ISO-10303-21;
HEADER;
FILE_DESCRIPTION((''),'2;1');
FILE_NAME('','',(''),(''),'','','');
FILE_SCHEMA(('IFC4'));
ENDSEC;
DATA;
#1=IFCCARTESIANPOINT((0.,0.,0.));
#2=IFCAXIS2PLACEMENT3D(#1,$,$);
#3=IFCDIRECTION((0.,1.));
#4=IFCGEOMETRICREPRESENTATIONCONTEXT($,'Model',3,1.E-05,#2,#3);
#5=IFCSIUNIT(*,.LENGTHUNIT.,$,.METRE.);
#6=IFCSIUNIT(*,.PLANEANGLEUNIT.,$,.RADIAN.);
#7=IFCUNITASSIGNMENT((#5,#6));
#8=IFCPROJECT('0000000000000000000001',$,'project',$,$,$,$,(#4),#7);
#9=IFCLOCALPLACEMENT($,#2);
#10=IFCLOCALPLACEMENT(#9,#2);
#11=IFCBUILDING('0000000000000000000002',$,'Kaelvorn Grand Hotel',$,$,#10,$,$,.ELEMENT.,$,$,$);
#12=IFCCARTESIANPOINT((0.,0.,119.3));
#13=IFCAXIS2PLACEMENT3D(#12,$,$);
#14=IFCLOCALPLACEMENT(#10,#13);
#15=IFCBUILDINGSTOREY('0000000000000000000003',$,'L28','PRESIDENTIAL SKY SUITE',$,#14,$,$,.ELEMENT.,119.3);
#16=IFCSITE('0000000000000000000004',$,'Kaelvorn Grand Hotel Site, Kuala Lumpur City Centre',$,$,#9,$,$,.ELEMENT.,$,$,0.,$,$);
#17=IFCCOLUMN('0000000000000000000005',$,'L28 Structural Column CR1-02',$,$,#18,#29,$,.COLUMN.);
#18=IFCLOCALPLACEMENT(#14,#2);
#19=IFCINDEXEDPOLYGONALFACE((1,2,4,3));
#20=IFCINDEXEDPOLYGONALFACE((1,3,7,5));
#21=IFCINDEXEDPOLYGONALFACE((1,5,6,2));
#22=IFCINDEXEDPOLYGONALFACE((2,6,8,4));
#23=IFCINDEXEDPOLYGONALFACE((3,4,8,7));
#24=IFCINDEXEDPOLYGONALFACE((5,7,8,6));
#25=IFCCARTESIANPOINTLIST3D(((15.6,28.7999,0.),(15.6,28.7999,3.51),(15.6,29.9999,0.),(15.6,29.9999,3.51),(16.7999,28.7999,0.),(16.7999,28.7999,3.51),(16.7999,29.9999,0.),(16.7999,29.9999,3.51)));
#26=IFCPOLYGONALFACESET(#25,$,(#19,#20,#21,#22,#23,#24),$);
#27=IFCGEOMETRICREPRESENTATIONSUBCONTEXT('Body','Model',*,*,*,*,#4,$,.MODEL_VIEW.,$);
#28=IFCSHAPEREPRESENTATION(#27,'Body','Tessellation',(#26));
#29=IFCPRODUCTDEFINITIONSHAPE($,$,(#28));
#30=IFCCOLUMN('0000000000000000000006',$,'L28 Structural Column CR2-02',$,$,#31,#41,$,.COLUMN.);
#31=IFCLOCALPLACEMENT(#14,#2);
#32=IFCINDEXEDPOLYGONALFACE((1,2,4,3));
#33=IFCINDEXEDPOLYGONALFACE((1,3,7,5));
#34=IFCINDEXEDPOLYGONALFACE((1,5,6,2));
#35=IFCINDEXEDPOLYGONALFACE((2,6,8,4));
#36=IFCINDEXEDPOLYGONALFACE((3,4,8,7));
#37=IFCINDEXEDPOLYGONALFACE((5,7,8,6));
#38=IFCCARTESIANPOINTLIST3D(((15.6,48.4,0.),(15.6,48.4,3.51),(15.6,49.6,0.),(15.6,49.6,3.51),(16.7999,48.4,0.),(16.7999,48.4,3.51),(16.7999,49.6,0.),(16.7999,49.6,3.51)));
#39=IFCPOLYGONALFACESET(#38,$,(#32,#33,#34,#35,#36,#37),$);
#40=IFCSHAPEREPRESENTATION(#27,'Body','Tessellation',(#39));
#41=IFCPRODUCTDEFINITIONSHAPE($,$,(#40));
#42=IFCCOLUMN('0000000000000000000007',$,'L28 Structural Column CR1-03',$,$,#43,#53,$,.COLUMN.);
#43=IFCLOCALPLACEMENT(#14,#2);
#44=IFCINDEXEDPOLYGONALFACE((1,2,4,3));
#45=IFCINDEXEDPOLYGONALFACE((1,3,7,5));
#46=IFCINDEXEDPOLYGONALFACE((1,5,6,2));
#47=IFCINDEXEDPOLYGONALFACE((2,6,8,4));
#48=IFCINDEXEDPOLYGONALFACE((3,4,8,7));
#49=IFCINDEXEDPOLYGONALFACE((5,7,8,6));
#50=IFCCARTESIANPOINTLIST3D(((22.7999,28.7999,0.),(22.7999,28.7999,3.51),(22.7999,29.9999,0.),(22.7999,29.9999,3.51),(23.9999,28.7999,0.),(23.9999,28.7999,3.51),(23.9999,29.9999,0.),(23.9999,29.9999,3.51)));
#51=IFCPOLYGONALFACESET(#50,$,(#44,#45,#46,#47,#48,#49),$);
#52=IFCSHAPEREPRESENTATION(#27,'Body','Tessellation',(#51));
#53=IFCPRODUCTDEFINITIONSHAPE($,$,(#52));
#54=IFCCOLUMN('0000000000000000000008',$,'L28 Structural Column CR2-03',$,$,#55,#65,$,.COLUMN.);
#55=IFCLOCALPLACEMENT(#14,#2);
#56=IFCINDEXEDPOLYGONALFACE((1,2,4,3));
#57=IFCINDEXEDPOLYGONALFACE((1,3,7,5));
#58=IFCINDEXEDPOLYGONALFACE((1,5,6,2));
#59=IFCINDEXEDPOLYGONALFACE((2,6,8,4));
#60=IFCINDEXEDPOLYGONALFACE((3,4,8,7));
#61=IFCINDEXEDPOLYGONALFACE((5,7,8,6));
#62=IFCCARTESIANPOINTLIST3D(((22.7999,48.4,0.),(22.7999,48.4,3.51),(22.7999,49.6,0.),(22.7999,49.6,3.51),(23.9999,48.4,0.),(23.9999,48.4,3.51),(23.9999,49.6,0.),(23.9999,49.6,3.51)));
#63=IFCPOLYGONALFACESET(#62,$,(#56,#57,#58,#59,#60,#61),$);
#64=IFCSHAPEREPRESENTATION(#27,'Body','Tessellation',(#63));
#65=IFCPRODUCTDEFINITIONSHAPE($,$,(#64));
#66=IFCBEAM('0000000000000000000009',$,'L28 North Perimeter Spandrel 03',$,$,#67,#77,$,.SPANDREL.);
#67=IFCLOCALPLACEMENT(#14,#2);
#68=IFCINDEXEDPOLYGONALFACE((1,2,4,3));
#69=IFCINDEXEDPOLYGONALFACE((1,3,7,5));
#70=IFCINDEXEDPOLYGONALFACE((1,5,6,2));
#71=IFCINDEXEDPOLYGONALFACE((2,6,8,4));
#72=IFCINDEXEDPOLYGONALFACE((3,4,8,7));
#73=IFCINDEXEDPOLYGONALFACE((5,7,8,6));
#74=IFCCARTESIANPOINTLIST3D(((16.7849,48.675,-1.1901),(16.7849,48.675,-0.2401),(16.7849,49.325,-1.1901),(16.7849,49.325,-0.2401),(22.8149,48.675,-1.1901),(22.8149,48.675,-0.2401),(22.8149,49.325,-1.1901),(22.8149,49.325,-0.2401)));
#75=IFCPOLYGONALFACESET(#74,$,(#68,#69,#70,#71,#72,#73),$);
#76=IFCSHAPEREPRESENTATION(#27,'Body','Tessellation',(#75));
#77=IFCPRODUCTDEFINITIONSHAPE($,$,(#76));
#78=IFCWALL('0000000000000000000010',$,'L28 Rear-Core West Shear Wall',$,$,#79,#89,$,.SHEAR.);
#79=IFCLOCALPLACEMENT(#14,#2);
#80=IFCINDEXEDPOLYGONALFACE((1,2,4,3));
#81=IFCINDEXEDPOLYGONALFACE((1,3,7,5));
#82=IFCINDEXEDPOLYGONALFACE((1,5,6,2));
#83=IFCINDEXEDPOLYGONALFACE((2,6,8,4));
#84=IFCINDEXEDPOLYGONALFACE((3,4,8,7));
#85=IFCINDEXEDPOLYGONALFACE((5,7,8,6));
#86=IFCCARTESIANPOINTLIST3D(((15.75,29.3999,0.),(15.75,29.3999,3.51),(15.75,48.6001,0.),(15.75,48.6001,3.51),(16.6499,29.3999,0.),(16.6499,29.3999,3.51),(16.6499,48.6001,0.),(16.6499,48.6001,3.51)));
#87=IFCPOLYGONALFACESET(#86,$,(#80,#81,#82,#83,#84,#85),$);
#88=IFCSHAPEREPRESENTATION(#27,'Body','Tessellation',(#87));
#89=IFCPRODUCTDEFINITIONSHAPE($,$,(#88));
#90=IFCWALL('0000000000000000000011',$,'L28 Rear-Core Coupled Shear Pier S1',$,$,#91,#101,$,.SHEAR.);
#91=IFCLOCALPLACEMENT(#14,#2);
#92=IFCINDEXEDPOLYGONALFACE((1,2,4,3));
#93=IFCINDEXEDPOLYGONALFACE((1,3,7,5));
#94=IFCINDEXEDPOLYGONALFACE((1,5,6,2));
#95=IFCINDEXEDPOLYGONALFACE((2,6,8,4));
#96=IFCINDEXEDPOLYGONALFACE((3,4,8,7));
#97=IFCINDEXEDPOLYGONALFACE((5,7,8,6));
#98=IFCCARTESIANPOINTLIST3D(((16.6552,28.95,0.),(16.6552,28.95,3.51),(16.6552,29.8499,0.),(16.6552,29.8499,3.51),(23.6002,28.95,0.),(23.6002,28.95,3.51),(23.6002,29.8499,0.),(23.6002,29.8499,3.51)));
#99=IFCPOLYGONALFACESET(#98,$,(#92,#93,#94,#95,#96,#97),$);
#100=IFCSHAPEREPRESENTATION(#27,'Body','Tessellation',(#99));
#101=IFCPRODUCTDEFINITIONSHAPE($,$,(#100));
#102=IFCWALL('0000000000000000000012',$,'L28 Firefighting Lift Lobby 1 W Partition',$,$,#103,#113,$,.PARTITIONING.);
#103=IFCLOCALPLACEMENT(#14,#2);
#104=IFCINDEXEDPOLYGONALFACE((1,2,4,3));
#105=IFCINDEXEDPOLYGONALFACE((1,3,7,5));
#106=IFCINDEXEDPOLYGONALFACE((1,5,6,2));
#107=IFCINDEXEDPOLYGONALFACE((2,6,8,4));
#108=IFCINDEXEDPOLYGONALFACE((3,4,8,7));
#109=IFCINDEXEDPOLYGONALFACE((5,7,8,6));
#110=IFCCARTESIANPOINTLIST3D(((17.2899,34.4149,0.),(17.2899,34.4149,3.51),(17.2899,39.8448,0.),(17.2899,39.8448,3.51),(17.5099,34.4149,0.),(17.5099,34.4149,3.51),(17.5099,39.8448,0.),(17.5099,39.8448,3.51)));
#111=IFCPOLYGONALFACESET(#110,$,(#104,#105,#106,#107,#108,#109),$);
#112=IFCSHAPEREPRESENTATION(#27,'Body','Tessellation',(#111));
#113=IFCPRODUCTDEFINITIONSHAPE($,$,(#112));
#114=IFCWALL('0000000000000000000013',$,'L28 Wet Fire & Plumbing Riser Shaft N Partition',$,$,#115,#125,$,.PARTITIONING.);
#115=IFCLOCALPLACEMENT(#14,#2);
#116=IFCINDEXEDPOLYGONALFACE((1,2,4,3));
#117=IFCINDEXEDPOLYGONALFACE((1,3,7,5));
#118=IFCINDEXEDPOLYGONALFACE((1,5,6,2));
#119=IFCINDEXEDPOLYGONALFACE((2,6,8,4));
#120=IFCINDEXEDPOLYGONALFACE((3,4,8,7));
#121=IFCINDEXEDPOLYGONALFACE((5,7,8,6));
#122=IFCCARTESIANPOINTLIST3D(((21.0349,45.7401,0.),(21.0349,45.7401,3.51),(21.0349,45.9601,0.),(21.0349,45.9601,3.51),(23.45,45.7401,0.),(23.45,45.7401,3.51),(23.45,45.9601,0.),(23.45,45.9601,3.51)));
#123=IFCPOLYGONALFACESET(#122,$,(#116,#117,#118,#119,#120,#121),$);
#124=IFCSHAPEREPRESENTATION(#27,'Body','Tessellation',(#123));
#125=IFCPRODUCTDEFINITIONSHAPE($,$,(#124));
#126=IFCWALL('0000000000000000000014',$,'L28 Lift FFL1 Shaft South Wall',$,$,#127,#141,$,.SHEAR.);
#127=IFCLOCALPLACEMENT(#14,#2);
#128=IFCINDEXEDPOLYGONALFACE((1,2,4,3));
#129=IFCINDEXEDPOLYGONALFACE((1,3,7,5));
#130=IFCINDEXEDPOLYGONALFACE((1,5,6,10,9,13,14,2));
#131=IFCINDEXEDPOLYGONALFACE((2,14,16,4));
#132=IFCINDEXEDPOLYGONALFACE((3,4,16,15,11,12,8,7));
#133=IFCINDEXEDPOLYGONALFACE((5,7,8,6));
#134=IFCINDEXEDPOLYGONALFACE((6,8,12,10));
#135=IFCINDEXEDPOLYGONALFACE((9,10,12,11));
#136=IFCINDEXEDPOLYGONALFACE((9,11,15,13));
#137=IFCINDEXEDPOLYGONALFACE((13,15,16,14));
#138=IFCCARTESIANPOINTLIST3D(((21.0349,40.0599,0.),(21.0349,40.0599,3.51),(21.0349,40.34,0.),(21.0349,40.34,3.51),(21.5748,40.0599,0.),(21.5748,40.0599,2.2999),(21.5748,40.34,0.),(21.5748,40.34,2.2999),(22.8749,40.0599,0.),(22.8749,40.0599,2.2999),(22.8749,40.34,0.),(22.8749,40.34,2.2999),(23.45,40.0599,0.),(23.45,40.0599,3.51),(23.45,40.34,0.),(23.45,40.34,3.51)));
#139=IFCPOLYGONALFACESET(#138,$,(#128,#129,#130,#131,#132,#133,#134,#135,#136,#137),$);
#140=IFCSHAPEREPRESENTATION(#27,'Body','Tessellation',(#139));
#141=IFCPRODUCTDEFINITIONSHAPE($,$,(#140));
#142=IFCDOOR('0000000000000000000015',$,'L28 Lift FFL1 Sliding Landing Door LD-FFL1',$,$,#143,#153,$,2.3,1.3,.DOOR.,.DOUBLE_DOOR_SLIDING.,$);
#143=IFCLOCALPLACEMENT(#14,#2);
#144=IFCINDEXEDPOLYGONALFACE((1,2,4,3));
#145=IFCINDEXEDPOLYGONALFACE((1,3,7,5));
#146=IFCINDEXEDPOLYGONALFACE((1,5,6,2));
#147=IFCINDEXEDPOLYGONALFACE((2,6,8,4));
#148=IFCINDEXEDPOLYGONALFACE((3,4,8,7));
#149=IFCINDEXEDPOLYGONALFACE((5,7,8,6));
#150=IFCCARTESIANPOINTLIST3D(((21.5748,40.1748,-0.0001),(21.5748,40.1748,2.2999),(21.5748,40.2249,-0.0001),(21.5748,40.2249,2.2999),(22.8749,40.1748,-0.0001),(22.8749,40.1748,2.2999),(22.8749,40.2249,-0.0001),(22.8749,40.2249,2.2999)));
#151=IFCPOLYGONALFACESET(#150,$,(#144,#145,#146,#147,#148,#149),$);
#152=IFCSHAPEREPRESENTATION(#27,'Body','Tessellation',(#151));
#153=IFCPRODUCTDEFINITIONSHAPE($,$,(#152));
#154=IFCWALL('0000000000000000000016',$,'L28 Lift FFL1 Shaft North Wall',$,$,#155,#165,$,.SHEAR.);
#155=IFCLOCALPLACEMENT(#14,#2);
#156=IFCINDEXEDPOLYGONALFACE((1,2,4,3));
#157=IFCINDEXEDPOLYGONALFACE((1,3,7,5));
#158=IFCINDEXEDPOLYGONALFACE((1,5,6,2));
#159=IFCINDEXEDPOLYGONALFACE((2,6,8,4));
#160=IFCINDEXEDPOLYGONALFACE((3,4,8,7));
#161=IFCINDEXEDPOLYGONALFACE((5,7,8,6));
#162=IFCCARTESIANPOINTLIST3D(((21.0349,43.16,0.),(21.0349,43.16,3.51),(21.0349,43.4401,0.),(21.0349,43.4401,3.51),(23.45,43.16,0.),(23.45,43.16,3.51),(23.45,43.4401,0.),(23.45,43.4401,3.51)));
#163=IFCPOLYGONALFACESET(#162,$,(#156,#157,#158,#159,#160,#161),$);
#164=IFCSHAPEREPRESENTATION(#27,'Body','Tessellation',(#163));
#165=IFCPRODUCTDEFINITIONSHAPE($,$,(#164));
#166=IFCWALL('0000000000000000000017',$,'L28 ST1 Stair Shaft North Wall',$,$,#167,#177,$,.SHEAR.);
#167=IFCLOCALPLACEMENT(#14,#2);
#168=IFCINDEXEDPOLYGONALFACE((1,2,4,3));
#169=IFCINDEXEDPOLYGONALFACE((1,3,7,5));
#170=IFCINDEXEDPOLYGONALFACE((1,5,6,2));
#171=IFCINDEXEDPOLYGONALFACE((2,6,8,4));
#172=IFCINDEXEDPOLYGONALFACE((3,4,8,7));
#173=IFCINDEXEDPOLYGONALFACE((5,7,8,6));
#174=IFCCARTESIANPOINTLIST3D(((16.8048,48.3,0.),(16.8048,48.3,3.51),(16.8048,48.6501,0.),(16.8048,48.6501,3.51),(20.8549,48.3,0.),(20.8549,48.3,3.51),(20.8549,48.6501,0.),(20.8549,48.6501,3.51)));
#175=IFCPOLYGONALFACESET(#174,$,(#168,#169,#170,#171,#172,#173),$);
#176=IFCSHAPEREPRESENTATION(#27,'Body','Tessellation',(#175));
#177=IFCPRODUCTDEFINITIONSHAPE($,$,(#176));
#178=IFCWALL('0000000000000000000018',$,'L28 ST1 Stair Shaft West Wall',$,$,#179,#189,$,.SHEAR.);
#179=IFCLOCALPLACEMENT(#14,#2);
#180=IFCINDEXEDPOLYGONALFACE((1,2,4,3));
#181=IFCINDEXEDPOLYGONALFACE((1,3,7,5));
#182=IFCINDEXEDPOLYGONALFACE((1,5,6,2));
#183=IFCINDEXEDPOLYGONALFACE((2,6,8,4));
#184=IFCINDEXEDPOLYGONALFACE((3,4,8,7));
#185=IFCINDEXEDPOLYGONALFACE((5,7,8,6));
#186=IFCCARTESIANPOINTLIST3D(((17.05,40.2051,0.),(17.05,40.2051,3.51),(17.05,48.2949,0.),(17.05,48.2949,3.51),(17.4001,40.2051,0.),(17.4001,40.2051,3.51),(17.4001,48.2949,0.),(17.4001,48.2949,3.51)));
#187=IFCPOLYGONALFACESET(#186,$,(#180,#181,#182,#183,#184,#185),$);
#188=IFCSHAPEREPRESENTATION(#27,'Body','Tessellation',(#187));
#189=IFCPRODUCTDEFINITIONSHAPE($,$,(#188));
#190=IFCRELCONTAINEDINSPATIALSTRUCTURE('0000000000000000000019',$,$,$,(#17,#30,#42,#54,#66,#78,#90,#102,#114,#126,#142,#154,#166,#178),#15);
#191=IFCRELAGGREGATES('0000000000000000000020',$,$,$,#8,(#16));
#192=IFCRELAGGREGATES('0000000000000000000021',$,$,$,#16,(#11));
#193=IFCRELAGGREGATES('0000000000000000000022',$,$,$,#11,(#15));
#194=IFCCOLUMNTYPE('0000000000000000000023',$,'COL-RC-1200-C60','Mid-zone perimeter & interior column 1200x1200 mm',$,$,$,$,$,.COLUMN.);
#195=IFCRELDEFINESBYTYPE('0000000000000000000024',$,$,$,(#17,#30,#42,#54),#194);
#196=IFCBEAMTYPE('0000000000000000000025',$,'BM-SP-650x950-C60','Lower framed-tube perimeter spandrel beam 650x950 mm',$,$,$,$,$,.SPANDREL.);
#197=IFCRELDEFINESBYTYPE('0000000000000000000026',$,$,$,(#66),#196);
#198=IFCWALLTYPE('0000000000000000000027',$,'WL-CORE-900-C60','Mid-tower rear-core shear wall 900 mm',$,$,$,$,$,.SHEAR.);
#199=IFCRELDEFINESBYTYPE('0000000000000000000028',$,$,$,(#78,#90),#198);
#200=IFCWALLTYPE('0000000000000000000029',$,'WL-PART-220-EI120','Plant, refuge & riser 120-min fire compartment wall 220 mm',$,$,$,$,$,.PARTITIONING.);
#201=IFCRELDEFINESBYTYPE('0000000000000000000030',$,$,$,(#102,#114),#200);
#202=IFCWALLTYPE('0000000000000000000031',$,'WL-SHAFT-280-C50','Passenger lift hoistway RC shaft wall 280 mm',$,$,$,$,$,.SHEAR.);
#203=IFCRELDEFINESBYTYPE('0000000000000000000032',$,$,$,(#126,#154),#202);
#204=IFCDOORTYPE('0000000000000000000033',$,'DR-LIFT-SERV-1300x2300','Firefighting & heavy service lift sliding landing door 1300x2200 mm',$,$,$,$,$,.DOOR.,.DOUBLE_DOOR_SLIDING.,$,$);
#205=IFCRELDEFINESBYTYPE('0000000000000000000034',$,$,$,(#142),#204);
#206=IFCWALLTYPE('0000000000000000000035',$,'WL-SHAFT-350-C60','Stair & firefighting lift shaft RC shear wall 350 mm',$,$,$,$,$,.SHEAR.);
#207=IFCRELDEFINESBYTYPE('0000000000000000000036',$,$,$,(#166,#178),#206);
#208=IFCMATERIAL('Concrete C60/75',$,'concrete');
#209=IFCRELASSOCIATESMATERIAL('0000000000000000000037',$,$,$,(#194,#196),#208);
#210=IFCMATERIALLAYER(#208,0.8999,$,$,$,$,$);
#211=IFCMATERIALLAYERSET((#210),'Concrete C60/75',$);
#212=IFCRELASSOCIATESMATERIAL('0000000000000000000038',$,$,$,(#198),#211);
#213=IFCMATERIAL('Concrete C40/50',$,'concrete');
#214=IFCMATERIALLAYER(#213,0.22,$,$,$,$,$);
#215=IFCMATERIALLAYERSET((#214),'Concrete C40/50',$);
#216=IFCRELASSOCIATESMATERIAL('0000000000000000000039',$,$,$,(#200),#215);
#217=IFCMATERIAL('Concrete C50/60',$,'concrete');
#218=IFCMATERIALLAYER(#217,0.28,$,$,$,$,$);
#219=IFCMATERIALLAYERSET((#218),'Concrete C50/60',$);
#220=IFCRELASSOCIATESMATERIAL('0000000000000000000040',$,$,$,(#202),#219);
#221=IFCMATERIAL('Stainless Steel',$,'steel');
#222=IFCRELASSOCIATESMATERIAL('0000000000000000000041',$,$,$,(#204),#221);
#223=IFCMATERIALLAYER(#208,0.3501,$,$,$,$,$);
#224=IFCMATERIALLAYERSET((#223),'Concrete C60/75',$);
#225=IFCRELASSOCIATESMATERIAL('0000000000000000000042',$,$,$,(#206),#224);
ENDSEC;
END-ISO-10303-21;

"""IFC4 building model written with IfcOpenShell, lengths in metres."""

from ifc_helpers import new_model, si_unit, direction, frame, frame_2d, origin, origin_2d, place, context, subcontext, project, spatial, rectangle, extrude, material, layer, layer_set, material_profile, profile_set, type_object, element, fill, save


model = new_model("IFC4")

# Units and contexts
model_context = context("Model", 3, precision=1e-05, world=origin(), true_north=direction((0.0, 1.0)))
body_context = subcontext(model_context, "Body", "Model", "MODEL_VIEW")
ifc_project = project(units=[si_unit("LENGTHUNIT", "METRE"), si_unit("PLANEANGLEUNIT", "RADIAN")], contexts=[model_context])

# Site, building, storey
site_placement = place(None, origin())
site = spatial("IfcSite", under=ifc_project, at=site_placement, Name="Kaelvorn Grand Hotel Site, Kuala Lumpur City Centre", CompositionType="ELEMENT", RefElevation=0.0)
building_placement = place(site_placement, origin())
building = spatial("IfcBuilding", under=site, at=building_placement, Name="Kaelvorn Grand Hotel", CompositionType="ELEMENT")
storey_placement = place(building_placement, frame((0.0, 0.0, 119.3)))
storey = spatial("IfcBuildingStorey", under=building, at=storey_placement, Name="L28", Description="PRESIDENTIAL SKY SUITE", CompositionType="ELEMENT", Elevation=119.3)

# Columns
ifc_material_1 = material(Name="Concrete C60/75", Category="concrete")
ifc_material_profile_1 = material_profile(ifc_material_1, rectangle(XDim=1.2, YDim=1.2, at=origin_2d()), Name="RC COL 1200x1200")
ifc_profile_set_1 = profile_set([ifc_material_profile_1], Name="Concrete C60/75")
column_type = type_object("IfcColumnType", Name="COL-RC-1200-C60", Description="Mid-zone perimeter & interior column 1200x1200 mm", PredefinedType="COLUMN", material=ifc_profile_set_1)
for number, where, z_axis, x_axis, name in (
    (1, (16.2, 29.3999, 0.0), (0.0, 0.0, 1.0), (1.0, 0.0, 0.0), "L28 Structural Column CR1-02"),
    (2, (16.2, 49.0, 0.0), (0.0, 0.0, 1.0), (1.0, 0.0, 0.0), "L28 Structural Column CR2-02"),
    (3, (23.3999, 29.3999, 0.0), (0.0, 0.0, 1.0), (1.0, 0.0, 0.0), "L28 Structural Column CR1-03"),
    (4, (23.3999, 49.0, 0.0), (0.0, 0.0, 1.0), (1.0, 0.0, 0.0), "L28 Structural Column CR2-03"),
):
    element("IfcColumn", number, at=place(storey_placement, frame(where, z_axis=z_axis, x_axis=x_axis)), inside=storey, type_object=column_type, Name=name, PredefinedType="COLUMN", context=body_context, shape_type="SweptSolid", body=[
        extrude(rectangle(XDim=1.2, YDim=1.2, at=origin_2d()), origin(), (0.0, 0.0, 1.0), 3.51),
    ])

# Beam
ifc_material_profile_2 = material_profile(ifc_material_1, rectangle(XDim=0.6499, YDim=0.95, at=origin_2d()), Name="RC SPANDREL 650x950")
ifc_profile_set_2 = profile_set([ifc_material_profile_2], Name="Concrete C60/75")
beam_type = type_object("IfcBeamType", Name="BM-SP-650x950-C60", Description="Lower framed-tube perimeter spandrel beam 650x950 mm", PredefinedType="SPANDREL", material=ifc_profile_set_2)
beam_placement = place(storey_placement, frame((16.7849, 49.0, -0.7151), z_axis=(1.0, 0.0, 0.0), x_axis=(0.0, 1.0, 0.0)))
element("IfcBeam", 5, at=beam_placement, inside=storey, type_object=beam_type, Name="L28 North Perimeter Spandrel 03", PredefinedType="SPANDREL", context=body_context, shape_type="SweptSolid", body=[
    extrude(rectangle(XDim=0.6499, YDim=0.95, at=origin_2d()), origin(), (0.0, 0.0, 1.0), 6.03),
])

# Walls
ifc_layer_1 = layer(ifc_material_1, 0.8999)
ifc_layer_set_1 = layer_set([ifc_layer_1], Name="Concrete C60/75")
wall_type_1 = type_object("IfcWallType", Name="WL-CORE-900-C60", Description="Mid-tower rear-core shear wall 900 mm", PredefinedType="SHEAR", material=ifc_layer_set_1)
wall_1_placement = place(storey_placement, frame((16.2, 29.3999, 0.0), z_axis=(0.0, 0.0, 1.0), x_axis=(0.0, 1.0, 0.0)))
element("IfcWall", 6, at=wall_1_placement, inside=storey, type_object=wall_type_1, Name="L28 Rear-Core West Shear Wall", PredefinedType="SHEAR", context=body_context, shape_type="SweptSolid", body=[
    extrude(rectangle(XDim=19.2002, YDim=0.8999, at=frame_2d((9.6001, 0.0))), origin(), (0.0, 0.0, 1.0), 3.51),
])
wall_2_placement = place(storey_placement, frame((16.655, 29.3999, 0.0), z_axis=(0.0, 0.0, 1.0), x_axis=(1.0, 0.0, 0.0)))
element("IfcWall", 7, at=wall_2_placement, inside=storey, type_object=wall_type_1, Name="L28 Rear-Core Coupled Shear Pier S1", PredefinedType="SHEAR", context=body_context, shape_type="SweptSolid", body=[
    extrude(rectangle(XDim=6.9451, YDim=0.8999, at=frame_2d((3.4727, 0.0))), origin(), (0.0, 0.0, 1.0), 3.51),
])

# Shared definitions
ifc_material_2 = material(Name="Concrete C40/50", Category="concrete")
ifc_layer_2 = layer(ifc_material_2, 0.22)
ifc_layer_set_2 = layer_set([ifc_layer_2], Name="Concrete C40/50")
wall_type_2 = type_object("IfcWallType", Name="WL-PART-220-EI120", Description="Plant, refuge & riser 120-min fire compartment wall 220 mm", PredefinedType="PARTITIONING", material=ifc_layer_set_2)

# Walls
wall_3_placement = place(storey_placement, frame((17.3999, 34.415, 0.0), z_axis=(0.0, 0.0, 1.0), x_axis=(0.0, 1.0, 0.0)))
element("IfcWall", 8, at=wall_3_placement, inside=storey, type_object=wall_type_2, Name="L28 Firefighting Lift Lobby 1 W Partition", PredefinedType="PARTITIONING", context=body_context, shape_type="SweptSolid", body=[
    extrude(rectangle(XDim=5.4299, YDim=0.22, at=frame_2d((2.7148, 0.0))), origin(), (0.0, 0.0, 1.0), 3.51),
])
wall_4_placement = place(storey_placement, frame((21.0349, 45.8501, 0.0), z_axis=(0.0, 0.0, 1.0), x_axis=(1.0, 0.0, 0.0)))
element("IfcWall", 9, at=wall_4_placement, inside=storey, type_object=wall_type_2, Name="L28 Wet Fire & Plumbing Riser Shaft N Partition", PredefinedType="PARTITIONING", context=body_context, shape_type="SweptSolid", body=[
    extrude(rectangle(XDim=2.415, YDim=0.22, at=frame_2d((1.2075, 0.0))), origin(), (0.0, 0.0, 1.0), 3.51),
])

# Wall, opening, door
ifc_material_3 = material(Name="Concrete C50/60", Category="concrete")
ifc_layer_3 = layer(ifc_material_3, 0.28)
ifc_layer_set_3 = layer_set([ifc_layer_3], Name="Concrete C50/60")
wall_type_3 = type_object("IfcWallType", Name="WL-SHAFT-280-C50", Description="Passenger lift hoistway RC shaft wall 280 mm", PredefinedType="SHEAR", material=ifc_layer_set_3)
wall_5_placement = place(storey_placement, frame((21.0349, 40.2, 0.0), z_axis=(0.0, 0.0, 1.0), x_axis=(1.0, 0.0, 0.0)))
wall_5 = element("IfcWall", 10, at=wall_5_placement, inside=storey, type_object=wall_type_3, Name="L28 Lift FFL1 Shaft South Wall", PredefinedType="SHEAR", context=body_context, shape_type="SweptSolid", body=[
    extrude(rectangle(XDim=2.415, YDim=0.28, at=frame_2d((1.2075, 0.0))), origin(), (0.0, 0.0, 1.0), 3.51),
])
opening_1_placement = place(wall_5_placement, frame((0.54, 0.0, 0.0)))
opening_1 = element("IfcOpeningElement", 11, at=opening_1_placement, cuts=wall_5, PredefinedType="OPENING", context=body_context, shape_type="SweptSolid", body=[
    extrude(rectangle(XDim=1.3, YDim=2.3, at=frame_2d((0.6499, 1.1499))), frame((0.0, 0.1499, 0.0), z_axis=(0.0, -1.0, 0.0), x_axis=(1.0, 0.0, 0.0)), (0.0, 0.0, 1.0), 0.3),
])
ifc_material_4 = material(Name="Stainless Steel", Category="steel")
door_type_1 = type_object("IfcDoorType", Name="DR-LIFT-SERV-1300x2300", Description="Firefighting & heavy service lift sliding landing door 1300x2200 mm", OperationType="DOUBLE_DOOR_SLIDING", PredefinedType="DOOR", material=ifc_material_4)
door_1_placement = place(opening_1_placement, origin())
door_1 = element("IfcDoor", 12, at=door_1_placement, inside=storey, type_object=door_type_1, Name="L28 Lift FFL1 Sliding Landing Door LD-FFL1", OperationType="DOUBLE_DOOR_SLIDING", OverallHeight=2.3, OverallWidth=1.3, PredefinedType="DOOR", context=body_context, shape_type="SweptSolid", body=[
    extrude(rectangle(XDim=1.3, YDim=2.3, at=frame_2d((0.6499, 1.1499))), frame((0.0, 0.0249, 0.0), z_axis=(0.0, -1.0, 0.0), x_axis=(1.0, 0.0, 0.0)), (0.0, 0.0, 1.0), 0.05),
])
fill(opening_1, door_1)

# Wall
wall_6_placement = place(storey_placement, frame((21.0349, 43.3, 0.0), z_axis=(0.0, 0.0, 1.0), x_axis=(1.0, 0.0, 0.0)))
element("IfcWall", 13, at=wall_6_placement, inside=storey, type_object=wall_type_3, Name="L28 Lift FFL1 Shaft North Wall", PredefinedType="SHEAR", context=body_context, shape_type="SweptSolid", body=[
    extrude(rectangle(XDim=2.415, YDim=0.28, at=frame_2d((1.2075, 0.0))), origin(), (0.0, 0.0, 1.0), 3.51),
])

# Shared definitions
ifc_layer_4 = layer(ifc_material_1, 0.3501)
ifc_layer_set_4 = layer_set([ifc_layer_4], Name="Concrete C60/75")
wall_type_4 = type_object("IfcWallType", Name="WL-SHAFT-350-C60", Description="Stair & firefighting lift shaft RC shear wall 350 mm", PredefinedType="SHEAR", material=ifc_layer_set_4)

# Walls
wall_7_placement = place(storey_placement, frame((16.8049, 48.4751, 0.0), z_axis=(0.0, 0.0, 1.0), x_axis=(1.0, 0.0, 0.0)))
element("IfcWall", 14, at=wall_7_placement, inside=storey, type_object=wall_type_4, Name="L28 ST1 Stair Shaft North Wall", PredefinedType="SHEAR", context=body_context, shape_type="SweptSolid", body=[
    extrude(rectangle(XDim=4.05, YDim=0.3501, at=frame_2d((2.0249, 0.0))), origin(), (0.0, 0.0, 1.0), 3.51),
])
for number, where, z_axis, x_axis, name in (
    (15, (17.2251, 40.2051, 0.0), (0.0, 0.0, 1.0), (0.0, 1.0, 0.0), "L28 ST1 Stair Shaft West Wall"),
):
    element("IfcWall", number, at=place(storey_placement, frame(where, z_axis=z_axis, x_axis=x_axis)), inside=storey, type_object=wall_type_4, Name=name, PredefinedType="SHEAR", context=body_context, shape_type="SweptSolid", body=[
        extrude(rectangle(XDim=8.0898, YDim=0.3501, at=frame_2d((4.0449, 0.0))), origin(), (0.0, 0.0, 1.0), 3.51),
    ])

save(model, "model.ifc")
